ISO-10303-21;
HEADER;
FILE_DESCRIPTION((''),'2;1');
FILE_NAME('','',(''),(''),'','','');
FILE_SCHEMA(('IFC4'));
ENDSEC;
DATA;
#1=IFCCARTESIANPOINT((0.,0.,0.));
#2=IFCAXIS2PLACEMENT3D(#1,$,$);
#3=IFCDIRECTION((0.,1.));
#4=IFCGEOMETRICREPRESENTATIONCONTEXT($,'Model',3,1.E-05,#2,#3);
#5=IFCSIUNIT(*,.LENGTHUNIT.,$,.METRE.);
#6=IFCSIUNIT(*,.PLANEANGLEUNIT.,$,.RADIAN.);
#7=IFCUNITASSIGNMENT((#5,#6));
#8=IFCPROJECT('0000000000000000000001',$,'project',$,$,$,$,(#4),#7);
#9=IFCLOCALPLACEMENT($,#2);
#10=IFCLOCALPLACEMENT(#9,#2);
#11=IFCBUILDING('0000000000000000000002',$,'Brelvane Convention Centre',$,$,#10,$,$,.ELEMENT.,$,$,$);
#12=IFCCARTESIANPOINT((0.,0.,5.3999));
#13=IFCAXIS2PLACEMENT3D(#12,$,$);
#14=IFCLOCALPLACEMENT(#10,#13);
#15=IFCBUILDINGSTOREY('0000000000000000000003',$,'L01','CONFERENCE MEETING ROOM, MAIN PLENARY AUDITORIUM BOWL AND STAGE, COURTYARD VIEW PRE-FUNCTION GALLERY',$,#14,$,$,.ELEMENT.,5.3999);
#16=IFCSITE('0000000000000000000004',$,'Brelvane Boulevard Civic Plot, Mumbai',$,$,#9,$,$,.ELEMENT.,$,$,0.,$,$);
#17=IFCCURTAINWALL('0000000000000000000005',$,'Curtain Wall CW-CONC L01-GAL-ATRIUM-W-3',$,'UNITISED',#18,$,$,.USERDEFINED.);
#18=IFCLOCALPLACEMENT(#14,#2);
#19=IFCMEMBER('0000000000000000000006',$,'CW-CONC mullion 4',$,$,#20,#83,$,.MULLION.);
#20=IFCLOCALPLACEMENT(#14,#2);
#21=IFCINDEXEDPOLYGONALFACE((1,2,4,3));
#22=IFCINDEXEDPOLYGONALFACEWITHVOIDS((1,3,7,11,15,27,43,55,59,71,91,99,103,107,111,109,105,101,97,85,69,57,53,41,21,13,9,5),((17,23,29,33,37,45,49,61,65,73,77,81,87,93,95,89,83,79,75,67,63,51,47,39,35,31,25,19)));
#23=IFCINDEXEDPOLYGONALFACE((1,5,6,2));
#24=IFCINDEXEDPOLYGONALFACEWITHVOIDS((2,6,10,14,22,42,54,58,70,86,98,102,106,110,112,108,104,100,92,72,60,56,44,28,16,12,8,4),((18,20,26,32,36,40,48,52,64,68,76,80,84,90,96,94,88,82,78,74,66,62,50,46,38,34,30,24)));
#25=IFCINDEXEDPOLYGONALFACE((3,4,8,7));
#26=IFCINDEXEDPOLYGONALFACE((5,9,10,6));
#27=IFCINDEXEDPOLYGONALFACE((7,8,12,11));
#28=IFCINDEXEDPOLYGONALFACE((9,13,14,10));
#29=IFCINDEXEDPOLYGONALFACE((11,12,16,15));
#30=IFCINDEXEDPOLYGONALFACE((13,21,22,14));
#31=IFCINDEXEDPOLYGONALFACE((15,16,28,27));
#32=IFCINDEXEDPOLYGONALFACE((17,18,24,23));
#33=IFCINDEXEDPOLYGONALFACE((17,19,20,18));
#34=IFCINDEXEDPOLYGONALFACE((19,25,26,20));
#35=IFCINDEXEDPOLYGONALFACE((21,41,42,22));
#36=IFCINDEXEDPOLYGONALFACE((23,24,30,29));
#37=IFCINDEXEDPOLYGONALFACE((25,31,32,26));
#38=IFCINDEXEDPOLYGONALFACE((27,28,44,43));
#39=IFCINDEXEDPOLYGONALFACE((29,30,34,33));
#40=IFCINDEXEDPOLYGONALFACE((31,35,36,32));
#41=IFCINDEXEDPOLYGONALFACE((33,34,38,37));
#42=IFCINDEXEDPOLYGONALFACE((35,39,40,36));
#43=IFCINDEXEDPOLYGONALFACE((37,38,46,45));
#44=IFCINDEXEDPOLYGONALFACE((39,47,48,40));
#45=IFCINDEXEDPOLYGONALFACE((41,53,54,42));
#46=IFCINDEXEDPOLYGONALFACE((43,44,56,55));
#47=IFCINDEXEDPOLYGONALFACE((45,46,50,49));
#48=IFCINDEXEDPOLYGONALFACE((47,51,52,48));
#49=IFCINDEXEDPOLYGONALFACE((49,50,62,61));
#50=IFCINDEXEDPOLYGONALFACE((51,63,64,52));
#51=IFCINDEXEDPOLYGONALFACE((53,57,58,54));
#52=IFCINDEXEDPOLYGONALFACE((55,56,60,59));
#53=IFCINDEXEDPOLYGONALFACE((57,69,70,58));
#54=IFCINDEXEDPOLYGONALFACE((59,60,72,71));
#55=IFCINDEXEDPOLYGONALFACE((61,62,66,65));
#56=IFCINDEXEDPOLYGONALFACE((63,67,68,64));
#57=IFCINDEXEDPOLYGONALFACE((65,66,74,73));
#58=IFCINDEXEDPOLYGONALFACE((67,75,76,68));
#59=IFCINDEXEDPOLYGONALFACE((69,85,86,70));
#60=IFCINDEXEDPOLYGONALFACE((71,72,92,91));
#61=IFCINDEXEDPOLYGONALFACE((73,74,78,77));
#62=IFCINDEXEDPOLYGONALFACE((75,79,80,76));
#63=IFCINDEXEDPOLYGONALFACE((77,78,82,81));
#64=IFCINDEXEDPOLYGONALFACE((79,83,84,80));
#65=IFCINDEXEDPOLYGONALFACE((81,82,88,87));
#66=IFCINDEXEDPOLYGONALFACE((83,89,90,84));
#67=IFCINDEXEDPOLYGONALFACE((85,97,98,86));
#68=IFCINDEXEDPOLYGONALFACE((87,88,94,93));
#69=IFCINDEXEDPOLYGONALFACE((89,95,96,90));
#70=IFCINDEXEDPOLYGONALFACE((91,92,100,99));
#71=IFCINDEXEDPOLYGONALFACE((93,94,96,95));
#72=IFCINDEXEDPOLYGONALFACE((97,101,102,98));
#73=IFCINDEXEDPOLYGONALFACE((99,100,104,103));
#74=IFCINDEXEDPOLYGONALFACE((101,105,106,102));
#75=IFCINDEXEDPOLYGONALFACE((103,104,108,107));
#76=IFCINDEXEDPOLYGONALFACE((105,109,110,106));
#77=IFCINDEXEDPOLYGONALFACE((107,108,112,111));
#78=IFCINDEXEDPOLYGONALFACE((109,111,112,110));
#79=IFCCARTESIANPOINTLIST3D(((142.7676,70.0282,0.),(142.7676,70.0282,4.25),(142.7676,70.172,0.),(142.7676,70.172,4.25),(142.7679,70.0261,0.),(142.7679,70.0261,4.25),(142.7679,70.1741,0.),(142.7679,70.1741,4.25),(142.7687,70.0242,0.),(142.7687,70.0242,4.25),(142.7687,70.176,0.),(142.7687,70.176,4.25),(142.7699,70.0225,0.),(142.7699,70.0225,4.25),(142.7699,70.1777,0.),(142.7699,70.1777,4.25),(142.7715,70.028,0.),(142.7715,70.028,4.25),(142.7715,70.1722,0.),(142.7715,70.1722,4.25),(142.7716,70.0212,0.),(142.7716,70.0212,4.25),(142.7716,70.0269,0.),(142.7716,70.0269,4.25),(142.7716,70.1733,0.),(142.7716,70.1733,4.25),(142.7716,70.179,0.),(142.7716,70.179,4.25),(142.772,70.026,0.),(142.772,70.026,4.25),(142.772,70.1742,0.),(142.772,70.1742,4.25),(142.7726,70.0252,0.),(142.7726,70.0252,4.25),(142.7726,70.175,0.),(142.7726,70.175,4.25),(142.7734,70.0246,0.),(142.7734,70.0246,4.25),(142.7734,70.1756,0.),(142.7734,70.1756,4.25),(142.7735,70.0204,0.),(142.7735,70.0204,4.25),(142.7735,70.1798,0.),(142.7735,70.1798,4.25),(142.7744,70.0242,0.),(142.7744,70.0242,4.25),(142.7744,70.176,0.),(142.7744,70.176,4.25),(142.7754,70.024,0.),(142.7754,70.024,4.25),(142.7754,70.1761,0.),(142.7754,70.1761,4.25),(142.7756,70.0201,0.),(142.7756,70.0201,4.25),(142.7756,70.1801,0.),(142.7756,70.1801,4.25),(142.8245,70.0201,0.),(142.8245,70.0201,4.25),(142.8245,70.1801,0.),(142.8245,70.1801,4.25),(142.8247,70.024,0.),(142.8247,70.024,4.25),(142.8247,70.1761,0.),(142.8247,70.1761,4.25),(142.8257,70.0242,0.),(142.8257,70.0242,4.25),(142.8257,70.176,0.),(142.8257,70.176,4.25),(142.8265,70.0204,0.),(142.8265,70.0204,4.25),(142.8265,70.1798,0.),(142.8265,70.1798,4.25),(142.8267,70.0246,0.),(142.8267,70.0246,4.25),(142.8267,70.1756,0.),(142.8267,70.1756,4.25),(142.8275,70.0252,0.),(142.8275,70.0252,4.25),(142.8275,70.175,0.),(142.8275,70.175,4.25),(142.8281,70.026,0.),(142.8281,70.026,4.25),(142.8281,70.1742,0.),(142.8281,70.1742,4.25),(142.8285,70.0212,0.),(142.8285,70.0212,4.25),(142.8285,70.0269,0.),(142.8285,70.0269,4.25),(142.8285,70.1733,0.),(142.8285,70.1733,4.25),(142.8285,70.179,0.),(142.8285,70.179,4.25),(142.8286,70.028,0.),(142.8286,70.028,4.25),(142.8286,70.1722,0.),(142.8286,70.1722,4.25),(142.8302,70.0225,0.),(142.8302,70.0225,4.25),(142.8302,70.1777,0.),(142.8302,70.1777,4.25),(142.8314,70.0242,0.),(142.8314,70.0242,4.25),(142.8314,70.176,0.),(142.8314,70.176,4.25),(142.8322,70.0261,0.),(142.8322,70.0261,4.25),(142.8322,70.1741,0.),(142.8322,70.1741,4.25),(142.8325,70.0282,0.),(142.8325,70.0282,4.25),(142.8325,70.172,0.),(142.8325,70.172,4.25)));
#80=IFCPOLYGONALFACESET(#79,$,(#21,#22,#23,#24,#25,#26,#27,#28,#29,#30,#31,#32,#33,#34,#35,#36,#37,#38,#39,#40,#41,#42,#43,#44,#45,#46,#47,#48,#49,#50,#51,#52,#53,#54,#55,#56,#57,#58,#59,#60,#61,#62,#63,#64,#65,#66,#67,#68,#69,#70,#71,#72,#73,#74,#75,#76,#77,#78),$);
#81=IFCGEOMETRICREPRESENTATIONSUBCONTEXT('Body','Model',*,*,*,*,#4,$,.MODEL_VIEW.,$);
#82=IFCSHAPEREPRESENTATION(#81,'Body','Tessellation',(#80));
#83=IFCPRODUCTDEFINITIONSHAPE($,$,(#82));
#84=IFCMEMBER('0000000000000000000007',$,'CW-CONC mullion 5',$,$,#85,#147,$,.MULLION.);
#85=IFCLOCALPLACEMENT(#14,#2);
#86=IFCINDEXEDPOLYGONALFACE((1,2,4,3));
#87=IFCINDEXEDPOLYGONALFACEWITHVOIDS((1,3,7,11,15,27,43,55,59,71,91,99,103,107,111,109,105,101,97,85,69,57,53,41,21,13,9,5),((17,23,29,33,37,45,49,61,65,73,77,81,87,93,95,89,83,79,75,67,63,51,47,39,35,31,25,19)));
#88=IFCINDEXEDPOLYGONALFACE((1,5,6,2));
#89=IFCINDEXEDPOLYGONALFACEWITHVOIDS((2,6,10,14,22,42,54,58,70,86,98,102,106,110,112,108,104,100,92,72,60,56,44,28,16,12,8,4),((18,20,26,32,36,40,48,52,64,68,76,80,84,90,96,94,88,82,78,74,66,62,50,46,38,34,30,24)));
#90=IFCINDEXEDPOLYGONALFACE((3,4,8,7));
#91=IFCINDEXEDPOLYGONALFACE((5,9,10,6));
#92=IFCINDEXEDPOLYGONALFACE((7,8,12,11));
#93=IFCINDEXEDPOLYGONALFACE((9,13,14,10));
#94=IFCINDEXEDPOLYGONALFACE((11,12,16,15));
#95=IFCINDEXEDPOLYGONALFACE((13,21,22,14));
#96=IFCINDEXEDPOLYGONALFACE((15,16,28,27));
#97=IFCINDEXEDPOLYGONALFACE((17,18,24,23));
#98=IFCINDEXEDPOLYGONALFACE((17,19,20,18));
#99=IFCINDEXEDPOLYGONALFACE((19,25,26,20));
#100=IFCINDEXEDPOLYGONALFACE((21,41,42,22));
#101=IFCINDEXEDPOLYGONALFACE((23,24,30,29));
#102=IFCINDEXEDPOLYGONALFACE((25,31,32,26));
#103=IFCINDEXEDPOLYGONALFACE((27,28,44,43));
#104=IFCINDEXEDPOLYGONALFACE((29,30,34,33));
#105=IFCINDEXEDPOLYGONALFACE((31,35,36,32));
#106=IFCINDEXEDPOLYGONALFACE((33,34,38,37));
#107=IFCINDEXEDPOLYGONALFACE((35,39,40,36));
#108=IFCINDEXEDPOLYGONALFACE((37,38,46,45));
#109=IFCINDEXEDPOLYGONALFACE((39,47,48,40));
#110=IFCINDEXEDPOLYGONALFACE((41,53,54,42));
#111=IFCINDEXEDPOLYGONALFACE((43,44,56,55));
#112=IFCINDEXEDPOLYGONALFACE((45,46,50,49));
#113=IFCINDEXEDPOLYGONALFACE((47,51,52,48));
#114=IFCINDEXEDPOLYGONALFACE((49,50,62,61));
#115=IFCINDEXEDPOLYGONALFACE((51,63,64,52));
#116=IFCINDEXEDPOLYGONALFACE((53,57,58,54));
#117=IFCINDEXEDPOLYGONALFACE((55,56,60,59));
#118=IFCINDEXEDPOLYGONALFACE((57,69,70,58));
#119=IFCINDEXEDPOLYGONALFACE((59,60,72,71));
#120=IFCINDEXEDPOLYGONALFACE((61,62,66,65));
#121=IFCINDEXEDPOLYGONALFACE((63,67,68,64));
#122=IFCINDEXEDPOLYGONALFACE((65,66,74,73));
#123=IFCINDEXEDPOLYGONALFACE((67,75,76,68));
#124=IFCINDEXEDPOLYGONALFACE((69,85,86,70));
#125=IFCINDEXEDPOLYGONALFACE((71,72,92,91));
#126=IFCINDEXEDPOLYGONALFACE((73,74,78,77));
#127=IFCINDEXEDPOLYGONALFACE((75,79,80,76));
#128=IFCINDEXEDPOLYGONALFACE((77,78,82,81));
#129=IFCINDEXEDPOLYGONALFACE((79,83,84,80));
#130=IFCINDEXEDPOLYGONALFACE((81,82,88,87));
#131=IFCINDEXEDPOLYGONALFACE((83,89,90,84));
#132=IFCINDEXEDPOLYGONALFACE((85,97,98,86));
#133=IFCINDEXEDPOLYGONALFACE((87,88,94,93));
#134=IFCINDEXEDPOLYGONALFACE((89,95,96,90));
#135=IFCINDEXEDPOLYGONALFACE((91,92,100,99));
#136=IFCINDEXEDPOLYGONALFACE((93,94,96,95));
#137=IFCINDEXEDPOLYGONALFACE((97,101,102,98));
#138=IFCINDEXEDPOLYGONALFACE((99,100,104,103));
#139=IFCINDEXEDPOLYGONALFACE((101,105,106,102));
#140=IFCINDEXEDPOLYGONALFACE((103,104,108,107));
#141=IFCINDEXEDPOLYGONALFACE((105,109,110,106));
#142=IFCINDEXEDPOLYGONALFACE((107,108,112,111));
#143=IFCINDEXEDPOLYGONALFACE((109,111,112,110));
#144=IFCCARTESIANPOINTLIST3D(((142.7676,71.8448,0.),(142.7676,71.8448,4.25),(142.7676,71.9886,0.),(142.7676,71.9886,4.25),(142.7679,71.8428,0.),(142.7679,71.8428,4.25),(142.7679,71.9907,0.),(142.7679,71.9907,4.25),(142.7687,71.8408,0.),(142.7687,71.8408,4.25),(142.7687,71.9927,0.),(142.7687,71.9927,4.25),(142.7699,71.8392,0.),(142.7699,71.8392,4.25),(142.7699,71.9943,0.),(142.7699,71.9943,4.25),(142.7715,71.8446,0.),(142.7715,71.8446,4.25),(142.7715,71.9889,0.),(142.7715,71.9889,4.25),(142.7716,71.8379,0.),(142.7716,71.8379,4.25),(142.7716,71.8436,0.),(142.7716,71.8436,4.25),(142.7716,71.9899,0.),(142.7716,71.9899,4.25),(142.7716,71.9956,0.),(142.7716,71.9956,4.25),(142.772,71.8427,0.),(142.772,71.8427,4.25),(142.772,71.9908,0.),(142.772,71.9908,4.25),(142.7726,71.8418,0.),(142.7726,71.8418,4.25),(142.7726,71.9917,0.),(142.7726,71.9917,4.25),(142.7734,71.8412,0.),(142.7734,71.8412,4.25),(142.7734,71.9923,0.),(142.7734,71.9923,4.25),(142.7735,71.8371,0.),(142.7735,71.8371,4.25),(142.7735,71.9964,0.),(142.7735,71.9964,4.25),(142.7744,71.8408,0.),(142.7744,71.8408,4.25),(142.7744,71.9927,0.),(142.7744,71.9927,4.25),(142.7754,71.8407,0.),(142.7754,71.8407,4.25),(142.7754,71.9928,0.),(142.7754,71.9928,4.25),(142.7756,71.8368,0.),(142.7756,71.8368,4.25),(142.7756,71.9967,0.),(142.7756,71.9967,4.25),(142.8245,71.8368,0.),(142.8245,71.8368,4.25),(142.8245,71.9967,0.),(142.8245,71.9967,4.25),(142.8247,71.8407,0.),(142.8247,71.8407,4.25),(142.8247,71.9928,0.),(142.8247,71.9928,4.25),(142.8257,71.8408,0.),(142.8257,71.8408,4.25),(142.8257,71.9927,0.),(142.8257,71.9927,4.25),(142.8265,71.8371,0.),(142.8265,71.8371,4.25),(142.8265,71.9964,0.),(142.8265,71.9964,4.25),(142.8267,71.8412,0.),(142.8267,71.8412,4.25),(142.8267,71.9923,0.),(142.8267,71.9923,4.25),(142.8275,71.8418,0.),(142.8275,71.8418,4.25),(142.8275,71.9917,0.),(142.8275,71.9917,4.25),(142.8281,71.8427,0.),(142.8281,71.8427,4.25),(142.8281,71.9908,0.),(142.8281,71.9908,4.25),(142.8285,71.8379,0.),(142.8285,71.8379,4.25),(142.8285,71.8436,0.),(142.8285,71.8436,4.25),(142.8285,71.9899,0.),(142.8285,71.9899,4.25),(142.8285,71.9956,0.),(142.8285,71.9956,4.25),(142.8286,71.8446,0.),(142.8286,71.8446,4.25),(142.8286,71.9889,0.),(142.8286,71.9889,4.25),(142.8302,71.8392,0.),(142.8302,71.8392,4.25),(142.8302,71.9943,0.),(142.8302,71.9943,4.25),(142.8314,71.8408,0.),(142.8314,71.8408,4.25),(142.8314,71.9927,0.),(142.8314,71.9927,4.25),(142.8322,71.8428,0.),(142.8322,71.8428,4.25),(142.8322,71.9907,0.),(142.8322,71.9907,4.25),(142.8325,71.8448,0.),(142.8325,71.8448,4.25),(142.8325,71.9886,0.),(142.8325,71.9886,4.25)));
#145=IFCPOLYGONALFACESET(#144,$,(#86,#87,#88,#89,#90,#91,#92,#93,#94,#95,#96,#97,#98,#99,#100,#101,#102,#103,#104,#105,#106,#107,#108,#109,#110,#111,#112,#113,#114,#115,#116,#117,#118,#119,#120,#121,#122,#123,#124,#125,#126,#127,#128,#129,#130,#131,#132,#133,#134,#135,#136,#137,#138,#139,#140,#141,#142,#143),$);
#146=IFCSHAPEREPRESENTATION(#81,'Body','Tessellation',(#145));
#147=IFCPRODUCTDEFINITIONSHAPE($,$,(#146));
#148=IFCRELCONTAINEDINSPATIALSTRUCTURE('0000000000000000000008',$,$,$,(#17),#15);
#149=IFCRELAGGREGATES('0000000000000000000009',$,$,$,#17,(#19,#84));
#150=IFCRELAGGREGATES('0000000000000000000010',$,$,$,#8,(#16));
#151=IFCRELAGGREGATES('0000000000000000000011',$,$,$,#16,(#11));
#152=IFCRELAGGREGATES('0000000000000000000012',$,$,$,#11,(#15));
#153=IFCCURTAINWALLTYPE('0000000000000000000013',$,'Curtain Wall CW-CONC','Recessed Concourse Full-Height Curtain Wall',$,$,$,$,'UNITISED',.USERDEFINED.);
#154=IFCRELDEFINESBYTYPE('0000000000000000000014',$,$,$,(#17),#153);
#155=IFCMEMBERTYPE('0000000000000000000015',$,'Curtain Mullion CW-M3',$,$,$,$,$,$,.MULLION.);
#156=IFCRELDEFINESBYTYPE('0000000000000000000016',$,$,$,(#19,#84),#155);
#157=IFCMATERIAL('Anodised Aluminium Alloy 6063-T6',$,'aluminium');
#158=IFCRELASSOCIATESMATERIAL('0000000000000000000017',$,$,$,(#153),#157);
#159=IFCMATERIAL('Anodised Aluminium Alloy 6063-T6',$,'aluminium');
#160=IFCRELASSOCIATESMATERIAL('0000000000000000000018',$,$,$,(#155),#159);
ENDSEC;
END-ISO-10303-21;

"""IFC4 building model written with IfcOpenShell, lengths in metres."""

from ifc_helpers import new_model, si_unit, direction, frame, origin, origin_2d, place, context, subcontext, project, spatial, hollow_rectangle, extrude, material, material_profile, profile_set, type_object, element, aggregate, save


model = new_model("IFC4")

# Units and contexts
model_context = context("Model", 3, precision=1e-05, world=origin(), true_north=direction((0.0, 1.0)))
body_context = subcontext(model_context, "Body", "Model", "MODEL_VIEW")
ifc_project = project(units=[si_unit("LENGTHUNIT", "METRE"), si_unit("PLANEANGLEUNIT", "RADIAN")], contexts=[model_context])

# Site, building, storey
site_placement = place(None, origin())
site = spatial("IfcSite", under=ifc_project, at=site_placement, Name="Brelvane Boulevard Civic Plot, Mumbai", CompositionType="ELEMENT", RefElevation=0.0)
building_placement = place(site_placement, origin())
building = spatial("IfcBuilding", under=site, at=building_placement, Name="Brelvane Convention Centre", CompositionType="ELEMENT")
storey_placement = place(building_placement, frame((0.0, 0.0, 5.3999)))
storey = spatial("IfcBuildingStorey", under=building, at=storey_placement, Name="L01", Description="CONFERENCE MEETING ROOM, MAIN PLENARY AUDITORIUM BOWL AND STAGE, COURTYARD VIEW PRE-FUNCTION GALLERY", CompositionType="ELEMENT", Elevation=5.3999)

# Curtain wall, members
ifc_material_1 = material(Name="Anodised Aluminium Alloy 6063-T6", Category="aluminium")
curtain_wall_type = type_object("IfcCurtainWallType", Name="Curtain Wall CW-CONC", Description="Recessed Concourse Full-Height Curtain Wall", ElementType="UNITISED", PredefinedType="USERDEFINED", material=ifc_material_1)
curtain_wall_placement = place(storey_placement, origin())
curtain_wall = element("IfcCurtainWall", 1, at=curtain_wall_placement, inside=storey, type_object=curtain_wall_type, Name="Curtain Wall CW-CONC L01-GAL-ATRIUM-W-3", ObjectType="UNITISED", PredefinedType="USERDEFINED")
ifc_material_2 = material(Name="Anodised Aluminium Alloy 6063-T6", Category="aluminium")
ifc_material_profile_1 = material_profile(ifc_material_2, hollow_rectangle(XDim=0.0649, YDim=0.1599, WallThickness=0.0039, InnerFilletRadius=0.0039, OuterFilletRadius=0.0081, at=origin_2d()), Name="ALU-M 160x65x4.0")
ifc_profile_set_1 = profile_set([ifc_material_profile_1], Name="Anodised Aluminium Alloy 6063-T6")
member_type_1 = type_object("IfcMemberType", Name="Curtain Mullion CW-M3", PredefinedType="MULLION", material=ifc_profile_set_1)
member_1_placement = place(storey_placement, frame((142.8, 70.1001, 0.0), z_axis=(0.0, 0.0, 1.0), x_axis=(-1.0, 0.0, 0.0)))
member_1 = element("IfcMember", 2, at=member_1_placement, type_object=member_type_1, Name="CW-CONC mullion 4", PredefinedType="MULLION", context=body_context, shape_type="SweptSolid", body=[
    extrude(hollow_rectangle(XDim=0.0649, YDim=0.1599, WallThickness=0.0039, InnerFilletRadius=0.0039, OuterFilletRadius=0.0081, at=origin_2d()), origin(), (0.0, 0.0, 1.0), 4.25),
])
member_2_placement = place(storey_placement, frame((142.8, 71.9167, 0.0), z_axis=(0.0, 0.0, 1.0), x_axis=(-1.0, 0.0, 0.0)))
member_2 = element("IfcMember", 3, at=member_2_placement, type_object=member_type_1, Name="CW-CONC mullion 5", PredefinedType="MULLION", context=body_context, shape_type="SweptSolid", body=[
    extrude(hollow_rectangle(XDim=0.0649, YDim=0.1599, WallThickness=0.0039, InnerFilletRadius=0.0039, OuterFilletRadius=0.0081, at=origin_2d()), origin(), (0.0, 0.0, 1.0), 4.25),
])

aggregate(curtain_wall, [member_1, member_2])

save(model, "model.ifc")
